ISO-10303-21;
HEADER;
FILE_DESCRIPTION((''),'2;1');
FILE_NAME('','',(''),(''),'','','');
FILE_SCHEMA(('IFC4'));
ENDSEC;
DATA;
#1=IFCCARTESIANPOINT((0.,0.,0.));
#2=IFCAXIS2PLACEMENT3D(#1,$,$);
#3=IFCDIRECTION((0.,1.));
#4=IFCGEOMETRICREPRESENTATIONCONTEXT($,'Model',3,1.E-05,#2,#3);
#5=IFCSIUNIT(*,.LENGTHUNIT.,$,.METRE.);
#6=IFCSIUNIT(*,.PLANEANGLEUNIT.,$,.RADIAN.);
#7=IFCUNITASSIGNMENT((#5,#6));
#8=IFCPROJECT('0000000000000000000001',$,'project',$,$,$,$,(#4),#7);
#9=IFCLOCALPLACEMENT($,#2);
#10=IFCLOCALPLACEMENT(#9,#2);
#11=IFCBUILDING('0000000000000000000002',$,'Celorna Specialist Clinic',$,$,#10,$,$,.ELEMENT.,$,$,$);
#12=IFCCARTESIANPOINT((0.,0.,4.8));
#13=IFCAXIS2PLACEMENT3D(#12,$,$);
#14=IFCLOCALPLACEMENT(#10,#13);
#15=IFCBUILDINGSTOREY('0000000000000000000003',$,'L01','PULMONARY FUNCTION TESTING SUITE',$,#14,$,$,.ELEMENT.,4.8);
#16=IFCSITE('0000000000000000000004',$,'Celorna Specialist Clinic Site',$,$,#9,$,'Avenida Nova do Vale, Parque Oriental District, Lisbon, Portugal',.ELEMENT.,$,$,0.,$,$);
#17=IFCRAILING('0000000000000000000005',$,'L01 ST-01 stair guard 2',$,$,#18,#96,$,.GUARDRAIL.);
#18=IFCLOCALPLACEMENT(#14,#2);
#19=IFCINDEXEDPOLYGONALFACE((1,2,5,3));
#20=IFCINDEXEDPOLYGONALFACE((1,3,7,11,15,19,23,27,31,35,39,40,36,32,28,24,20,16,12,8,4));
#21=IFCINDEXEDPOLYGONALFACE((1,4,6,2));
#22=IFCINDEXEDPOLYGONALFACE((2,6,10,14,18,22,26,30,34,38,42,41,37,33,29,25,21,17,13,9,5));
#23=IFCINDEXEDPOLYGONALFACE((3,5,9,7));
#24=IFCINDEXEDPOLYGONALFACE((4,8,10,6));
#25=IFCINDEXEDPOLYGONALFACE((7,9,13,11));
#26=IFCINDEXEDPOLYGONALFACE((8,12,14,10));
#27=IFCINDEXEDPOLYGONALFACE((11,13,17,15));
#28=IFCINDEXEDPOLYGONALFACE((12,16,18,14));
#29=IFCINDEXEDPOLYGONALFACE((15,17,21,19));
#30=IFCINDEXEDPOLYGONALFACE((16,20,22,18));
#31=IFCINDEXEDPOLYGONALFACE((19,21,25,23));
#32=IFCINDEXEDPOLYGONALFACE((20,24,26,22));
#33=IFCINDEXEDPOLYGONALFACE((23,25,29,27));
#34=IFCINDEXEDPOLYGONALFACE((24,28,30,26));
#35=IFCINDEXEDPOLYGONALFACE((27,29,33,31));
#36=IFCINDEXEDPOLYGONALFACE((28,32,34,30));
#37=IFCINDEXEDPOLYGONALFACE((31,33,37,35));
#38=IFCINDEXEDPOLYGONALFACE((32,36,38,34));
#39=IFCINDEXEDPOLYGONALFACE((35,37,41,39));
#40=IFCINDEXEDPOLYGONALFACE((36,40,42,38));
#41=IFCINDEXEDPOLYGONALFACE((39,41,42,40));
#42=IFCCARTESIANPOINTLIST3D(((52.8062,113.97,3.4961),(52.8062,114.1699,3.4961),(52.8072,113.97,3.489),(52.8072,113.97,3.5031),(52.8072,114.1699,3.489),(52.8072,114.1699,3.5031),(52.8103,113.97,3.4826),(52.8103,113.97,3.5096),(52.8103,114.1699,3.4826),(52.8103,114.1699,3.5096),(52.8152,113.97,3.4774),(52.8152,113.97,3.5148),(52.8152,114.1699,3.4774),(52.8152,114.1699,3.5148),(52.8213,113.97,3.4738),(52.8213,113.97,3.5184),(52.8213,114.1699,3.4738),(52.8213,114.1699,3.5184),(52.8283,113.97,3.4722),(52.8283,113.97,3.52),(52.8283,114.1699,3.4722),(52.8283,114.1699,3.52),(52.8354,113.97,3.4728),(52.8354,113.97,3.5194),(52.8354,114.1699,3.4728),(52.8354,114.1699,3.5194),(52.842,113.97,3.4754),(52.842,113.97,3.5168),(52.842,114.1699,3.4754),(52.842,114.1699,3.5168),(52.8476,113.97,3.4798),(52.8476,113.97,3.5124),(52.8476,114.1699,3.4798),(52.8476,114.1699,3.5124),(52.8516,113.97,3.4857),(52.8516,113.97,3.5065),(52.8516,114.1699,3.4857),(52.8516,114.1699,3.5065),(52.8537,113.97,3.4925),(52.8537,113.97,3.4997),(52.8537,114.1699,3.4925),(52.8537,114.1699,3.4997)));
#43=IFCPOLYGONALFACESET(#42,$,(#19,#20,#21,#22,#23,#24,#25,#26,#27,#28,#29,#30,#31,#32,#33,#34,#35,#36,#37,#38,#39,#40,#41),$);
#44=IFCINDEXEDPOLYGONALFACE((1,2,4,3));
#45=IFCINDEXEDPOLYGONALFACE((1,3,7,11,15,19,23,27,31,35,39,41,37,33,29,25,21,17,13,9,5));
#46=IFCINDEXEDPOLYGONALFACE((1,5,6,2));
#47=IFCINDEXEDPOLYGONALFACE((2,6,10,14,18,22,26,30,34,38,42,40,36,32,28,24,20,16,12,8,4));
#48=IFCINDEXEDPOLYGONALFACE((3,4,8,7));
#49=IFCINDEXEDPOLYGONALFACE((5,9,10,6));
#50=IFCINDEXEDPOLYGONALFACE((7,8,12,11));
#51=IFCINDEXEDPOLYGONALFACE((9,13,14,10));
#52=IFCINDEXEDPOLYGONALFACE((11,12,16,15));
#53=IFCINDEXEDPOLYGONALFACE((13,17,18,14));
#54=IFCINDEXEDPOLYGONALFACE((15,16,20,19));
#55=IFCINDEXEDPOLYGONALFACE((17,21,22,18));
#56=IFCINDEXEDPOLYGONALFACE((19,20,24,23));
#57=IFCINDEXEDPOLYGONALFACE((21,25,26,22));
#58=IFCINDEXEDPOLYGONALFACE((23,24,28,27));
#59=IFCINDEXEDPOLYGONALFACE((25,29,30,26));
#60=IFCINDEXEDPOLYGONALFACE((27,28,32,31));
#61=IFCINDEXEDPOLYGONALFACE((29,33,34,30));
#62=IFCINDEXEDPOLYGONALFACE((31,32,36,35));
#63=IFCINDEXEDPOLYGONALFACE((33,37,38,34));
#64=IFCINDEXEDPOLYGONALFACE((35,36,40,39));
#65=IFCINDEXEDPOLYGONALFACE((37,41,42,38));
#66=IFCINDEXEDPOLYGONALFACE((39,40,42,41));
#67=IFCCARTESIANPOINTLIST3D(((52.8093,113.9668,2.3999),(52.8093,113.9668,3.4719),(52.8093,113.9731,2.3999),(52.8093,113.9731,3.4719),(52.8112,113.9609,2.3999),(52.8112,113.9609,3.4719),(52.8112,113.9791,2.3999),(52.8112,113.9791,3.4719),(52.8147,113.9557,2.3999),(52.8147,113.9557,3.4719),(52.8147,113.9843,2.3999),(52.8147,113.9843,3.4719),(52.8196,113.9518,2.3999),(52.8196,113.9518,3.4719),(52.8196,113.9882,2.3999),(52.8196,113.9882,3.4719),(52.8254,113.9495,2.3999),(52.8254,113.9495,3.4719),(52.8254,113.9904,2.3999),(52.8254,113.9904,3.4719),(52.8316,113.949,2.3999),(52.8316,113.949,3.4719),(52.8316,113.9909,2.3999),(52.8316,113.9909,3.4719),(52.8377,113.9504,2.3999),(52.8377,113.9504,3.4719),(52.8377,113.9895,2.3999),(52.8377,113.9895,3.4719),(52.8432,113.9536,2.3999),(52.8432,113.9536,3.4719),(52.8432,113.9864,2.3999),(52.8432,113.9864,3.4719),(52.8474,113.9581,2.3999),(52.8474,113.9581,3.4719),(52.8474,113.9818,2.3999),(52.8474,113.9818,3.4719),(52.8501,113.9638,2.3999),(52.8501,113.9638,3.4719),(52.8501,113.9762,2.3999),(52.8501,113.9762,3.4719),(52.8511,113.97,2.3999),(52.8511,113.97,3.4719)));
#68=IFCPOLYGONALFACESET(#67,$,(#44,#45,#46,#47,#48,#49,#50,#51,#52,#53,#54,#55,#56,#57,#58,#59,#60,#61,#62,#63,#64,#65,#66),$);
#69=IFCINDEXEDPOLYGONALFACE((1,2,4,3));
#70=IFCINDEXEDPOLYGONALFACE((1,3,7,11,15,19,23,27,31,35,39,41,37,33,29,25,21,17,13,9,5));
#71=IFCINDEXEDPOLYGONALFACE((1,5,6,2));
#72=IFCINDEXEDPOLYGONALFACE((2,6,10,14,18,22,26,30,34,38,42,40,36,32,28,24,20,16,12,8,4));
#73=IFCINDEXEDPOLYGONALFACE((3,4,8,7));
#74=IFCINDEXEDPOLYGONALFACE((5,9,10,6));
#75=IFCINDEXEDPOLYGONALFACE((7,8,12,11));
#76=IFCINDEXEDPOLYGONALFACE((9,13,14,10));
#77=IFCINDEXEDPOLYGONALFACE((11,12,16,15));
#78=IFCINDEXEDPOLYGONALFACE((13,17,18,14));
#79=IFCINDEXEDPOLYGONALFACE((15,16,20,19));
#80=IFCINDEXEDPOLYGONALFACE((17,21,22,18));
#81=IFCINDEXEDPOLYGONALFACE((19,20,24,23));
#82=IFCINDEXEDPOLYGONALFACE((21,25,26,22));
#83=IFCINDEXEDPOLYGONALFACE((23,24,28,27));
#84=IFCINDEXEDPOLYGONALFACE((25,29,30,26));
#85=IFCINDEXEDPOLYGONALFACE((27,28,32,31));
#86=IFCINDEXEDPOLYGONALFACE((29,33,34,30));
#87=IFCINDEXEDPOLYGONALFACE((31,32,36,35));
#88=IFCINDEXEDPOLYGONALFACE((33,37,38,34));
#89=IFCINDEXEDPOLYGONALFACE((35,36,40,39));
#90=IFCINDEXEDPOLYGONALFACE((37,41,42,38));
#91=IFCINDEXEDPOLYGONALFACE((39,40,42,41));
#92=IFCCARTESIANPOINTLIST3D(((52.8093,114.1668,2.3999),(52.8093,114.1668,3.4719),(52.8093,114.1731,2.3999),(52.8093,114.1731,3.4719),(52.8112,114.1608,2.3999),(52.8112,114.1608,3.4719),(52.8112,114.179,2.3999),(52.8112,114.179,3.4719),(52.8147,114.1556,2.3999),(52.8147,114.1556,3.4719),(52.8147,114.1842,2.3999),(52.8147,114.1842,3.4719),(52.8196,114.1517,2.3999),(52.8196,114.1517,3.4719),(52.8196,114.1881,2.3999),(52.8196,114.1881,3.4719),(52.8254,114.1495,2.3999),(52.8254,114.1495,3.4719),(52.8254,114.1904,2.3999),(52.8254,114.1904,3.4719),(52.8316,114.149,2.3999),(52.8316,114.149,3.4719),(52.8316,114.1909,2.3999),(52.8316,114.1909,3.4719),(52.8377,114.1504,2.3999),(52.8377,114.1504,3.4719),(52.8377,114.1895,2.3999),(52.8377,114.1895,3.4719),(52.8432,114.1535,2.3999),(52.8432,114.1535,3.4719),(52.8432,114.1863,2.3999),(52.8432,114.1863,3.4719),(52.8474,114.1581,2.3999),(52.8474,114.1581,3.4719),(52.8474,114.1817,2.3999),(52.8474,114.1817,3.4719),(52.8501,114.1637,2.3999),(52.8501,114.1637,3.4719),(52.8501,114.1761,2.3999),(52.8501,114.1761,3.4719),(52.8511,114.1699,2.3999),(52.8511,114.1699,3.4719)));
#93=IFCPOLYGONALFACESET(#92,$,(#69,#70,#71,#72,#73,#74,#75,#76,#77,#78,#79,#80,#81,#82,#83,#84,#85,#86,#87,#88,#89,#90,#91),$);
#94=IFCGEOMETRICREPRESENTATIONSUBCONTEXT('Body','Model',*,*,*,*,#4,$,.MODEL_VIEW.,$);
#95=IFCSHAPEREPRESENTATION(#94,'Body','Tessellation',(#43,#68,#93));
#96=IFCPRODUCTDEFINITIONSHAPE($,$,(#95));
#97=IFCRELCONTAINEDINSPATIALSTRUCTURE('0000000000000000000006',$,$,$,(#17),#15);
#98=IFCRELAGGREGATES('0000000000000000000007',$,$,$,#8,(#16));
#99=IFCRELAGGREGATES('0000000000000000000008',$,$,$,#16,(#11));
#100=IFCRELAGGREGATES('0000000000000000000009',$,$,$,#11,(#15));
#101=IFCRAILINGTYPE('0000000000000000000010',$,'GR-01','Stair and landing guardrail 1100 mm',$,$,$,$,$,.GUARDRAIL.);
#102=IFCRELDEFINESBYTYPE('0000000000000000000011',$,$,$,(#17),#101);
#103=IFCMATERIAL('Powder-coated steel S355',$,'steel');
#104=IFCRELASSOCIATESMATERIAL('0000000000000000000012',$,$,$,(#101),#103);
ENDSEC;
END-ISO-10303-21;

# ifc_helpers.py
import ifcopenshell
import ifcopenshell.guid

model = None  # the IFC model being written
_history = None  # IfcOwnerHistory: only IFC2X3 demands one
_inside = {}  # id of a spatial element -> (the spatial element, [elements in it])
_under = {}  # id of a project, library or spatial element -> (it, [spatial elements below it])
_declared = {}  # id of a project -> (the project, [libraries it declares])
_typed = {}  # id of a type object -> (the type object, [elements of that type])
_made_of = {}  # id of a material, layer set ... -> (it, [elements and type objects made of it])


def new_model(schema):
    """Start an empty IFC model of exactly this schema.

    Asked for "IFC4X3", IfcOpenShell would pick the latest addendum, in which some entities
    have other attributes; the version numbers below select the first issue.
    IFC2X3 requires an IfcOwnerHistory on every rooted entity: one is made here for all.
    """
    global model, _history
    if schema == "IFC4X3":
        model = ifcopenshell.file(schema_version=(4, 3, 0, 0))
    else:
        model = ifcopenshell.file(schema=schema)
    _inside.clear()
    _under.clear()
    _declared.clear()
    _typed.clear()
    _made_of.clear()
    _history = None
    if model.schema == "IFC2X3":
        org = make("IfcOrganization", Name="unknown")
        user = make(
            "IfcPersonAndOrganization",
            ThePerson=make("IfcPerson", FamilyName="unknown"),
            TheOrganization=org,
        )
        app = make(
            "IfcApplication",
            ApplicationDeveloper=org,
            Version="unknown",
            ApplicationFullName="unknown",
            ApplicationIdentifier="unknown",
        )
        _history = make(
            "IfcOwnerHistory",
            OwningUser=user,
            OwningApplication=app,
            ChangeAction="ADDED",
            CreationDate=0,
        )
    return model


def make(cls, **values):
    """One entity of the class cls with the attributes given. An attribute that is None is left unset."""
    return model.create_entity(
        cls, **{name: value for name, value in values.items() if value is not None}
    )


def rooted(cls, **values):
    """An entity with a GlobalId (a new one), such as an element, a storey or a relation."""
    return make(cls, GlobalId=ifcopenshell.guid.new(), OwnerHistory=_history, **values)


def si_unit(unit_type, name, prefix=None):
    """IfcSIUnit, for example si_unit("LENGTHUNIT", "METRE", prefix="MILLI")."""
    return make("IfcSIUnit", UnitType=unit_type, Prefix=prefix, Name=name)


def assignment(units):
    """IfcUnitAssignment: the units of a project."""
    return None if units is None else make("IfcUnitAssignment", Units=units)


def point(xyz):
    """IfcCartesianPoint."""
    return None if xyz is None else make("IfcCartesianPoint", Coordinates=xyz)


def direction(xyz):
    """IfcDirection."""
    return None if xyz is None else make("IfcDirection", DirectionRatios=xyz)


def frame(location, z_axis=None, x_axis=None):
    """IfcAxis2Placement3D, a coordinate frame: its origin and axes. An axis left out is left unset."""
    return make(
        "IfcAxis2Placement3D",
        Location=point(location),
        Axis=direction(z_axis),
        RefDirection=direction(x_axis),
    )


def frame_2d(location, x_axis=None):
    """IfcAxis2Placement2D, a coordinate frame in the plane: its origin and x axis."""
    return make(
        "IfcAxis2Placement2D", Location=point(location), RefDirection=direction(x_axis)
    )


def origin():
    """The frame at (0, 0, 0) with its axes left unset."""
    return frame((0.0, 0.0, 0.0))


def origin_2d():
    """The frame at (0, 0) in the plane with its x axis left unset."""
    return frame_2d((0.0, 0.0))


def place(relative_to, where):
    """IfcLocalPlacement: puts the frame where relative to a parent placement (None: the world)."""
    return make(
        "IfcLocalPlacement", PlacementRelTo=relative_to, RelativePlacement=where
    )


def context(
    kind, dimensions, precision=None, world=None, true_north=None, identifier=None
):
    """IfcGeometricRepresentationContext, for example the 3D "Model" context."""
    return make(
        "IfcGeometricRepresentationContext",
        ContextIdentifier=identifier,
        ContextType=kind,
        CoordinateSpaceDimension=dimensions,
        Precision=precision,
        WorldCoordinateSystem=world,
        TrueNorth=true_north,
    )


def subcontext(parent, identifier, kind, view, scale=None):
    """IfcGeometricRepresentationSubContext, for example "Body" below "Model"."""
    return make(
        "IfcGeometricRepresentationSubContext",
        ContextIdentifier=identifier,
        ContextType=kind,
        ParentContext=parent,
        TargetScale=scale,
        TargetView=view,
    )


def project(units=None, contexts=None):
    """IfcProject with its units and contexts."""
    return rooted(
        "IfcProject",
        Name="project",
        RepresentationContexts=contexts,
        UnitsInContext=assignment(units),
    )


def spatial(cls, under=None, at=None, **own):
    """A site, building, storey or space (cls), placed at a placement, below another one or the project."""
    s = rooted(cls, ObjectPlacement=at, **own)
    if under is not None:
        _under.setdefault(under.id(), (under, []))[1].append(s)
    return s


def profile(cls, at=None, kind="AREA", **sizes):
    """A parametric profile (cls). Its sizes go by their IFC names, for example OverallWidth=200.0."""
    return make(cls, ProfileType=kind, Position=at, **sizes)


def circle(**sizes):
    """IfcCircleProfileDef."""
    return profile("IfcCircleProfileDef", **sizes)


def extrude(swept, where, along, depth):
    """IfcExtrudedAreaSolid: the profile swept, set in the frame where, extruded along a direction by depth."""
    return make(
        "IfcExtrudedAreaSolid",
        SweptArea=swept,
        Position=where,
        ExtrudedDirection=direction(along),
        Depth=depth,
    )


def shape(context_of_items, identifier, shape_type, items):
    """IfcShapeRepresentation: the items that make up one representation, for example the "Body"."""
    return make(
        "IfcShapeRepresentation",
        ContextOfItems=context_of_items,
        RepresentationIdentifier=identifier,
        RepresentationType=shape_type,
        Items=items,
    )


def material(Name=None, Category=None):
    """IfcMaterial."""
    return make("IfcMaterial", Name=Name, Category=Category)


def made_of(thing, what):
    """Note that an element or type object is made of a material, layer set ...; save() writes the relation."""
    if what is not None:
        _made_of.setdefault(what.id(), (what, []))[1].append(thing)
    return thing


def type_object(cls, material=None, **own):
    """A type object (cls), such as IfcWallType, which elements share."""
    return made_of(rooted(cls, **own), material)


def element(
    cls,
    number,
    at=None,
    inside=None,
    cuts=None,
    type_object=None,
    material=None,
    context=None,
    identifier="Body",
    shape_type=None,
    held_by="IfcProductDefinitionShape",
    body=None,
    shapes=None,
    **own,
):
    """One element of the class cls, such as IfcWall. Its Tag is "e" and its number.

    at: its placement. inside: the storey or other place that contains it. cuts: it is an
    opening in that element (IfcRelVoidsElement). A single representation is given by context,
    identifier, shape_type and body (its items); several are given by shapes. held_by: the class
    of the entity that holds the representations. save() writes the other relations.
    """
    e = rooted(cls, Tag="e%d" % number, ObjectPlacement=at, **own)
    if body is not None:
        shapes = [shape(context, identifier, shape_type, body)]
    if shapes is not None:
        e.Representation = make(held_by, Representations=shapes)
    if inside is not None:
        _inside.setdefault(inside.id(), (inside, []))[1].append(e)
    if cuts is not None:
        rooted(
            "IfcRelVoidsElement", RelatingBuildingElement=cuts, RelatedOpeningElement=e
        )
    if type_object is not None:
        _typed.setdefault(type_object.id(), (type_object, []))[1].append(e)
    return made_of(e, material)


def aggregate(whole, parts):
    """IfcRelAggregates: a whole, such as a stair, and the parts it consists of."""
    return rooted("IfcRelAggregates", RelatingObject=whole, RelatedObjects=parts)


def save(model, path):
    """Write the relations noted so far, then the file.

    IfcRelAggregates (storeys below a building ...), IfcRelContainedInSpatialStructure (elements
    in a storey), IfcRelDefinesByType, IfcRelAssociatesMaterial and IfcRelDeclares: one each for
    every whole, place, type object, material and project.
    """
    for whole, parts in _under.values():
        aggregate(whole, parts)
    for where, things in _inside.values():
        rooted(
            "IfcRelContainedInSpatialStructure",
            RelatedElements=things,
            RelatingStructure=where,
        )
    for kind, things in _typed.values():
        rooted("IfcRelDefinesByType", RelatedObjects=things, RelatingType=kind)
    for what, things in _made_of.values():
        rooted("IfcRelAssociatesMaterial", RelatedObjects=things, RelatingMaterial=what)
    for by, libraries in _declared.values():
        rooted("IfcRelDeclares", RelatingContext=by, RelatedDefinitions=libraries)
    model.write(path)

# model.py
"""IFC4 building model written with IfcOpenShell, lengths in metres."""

from ifc_helpers import new_model, si_unit, direction, frame, origin, origin_2d, place, context, subcontext, project, spatial, circle, extrude, material, type_object, element, save


model = new_model("IFC4")

# Units and contexts
model_context = context("Model", 3, precision=1e-05, world=origin(), true_north=direction((0.0, 1.0)))
body_context = subcontext(model_context, "Body", "Model", "MODEL_VIEW")
ifc_project = project(units=[si_unit("LENGTHUNIT", "METRE"), si_unit("PLANEANGLEUNIT", "RADIAN")], contexts=[model_context])

# Site, building, storey
site_placement = place(None, origin())
site = spatial("IfcSite", under=ifc_project, at=site_placement, Name="Celorna Specialist Clinic Site", LongName="Avenida Nova do Vale, Parque Oriental District, Lisbon, Portugal", CompositionType="ELEMENT", RefElevation=0.0)
building_placement = place(site_placement, origin())
building = spatial("IfcBuilding", under=site, at=building_placement, Name="Celorna Specialist Clinic", CompositionType="ELEMENT")
storey_placement = place(building_placement, frame((0.0, 0.0, 4.8)))
storey = spatial("IfcBuildingStorey", under=building, at=storey_placement, Name="L01", Description="PULMONARY FUNCTION TESTING SUITE", CompositionType="ELEMENT", Elevation=4.8)

# Railing
ifc_material_1 = material(Name="Powder-coated steel S355", Category="steel")
railing_type_1 = type_object("IfcRailingType", Name="GR-01", Description="Stair and landing guardrail 1100 mm", PredefinedType="GUARDRAIL", material=ifc_material_1)
railing_1_placement = place(storey_placement, frame((52.8301, 113.97, 2.3999)))
element("IfcRailing", 1, at=railing_1_placement, inside=storey, type_object=railing_type_1, Name="L01 ST-01 stair guard 2", PredefinedType="GUARDRAIL", context=body_context, shape_type="SweptSolid", body=[
    extrude(circle(Radius=0.0239, at=origin_2d()), frame((0.0, 0.0, 1.0962), z_axis=(0.0, 1.0, 0.0), x_axis=(-1.0, 0.0, 0.0)), (0.0, 0.0, 1.0), 0.2),
    extrude(circle(Radius=0.021, at=origin_2d()), origin(), (0.0, 0.0, 1.0), 1.072),
    extrude(circle(Radius=0.021, at=origin_2d()), frame((0.0, 0.2, 0.0)), (0.0, 0.0, 1.0), 1.072),
])

save(model, "model.ifc")
